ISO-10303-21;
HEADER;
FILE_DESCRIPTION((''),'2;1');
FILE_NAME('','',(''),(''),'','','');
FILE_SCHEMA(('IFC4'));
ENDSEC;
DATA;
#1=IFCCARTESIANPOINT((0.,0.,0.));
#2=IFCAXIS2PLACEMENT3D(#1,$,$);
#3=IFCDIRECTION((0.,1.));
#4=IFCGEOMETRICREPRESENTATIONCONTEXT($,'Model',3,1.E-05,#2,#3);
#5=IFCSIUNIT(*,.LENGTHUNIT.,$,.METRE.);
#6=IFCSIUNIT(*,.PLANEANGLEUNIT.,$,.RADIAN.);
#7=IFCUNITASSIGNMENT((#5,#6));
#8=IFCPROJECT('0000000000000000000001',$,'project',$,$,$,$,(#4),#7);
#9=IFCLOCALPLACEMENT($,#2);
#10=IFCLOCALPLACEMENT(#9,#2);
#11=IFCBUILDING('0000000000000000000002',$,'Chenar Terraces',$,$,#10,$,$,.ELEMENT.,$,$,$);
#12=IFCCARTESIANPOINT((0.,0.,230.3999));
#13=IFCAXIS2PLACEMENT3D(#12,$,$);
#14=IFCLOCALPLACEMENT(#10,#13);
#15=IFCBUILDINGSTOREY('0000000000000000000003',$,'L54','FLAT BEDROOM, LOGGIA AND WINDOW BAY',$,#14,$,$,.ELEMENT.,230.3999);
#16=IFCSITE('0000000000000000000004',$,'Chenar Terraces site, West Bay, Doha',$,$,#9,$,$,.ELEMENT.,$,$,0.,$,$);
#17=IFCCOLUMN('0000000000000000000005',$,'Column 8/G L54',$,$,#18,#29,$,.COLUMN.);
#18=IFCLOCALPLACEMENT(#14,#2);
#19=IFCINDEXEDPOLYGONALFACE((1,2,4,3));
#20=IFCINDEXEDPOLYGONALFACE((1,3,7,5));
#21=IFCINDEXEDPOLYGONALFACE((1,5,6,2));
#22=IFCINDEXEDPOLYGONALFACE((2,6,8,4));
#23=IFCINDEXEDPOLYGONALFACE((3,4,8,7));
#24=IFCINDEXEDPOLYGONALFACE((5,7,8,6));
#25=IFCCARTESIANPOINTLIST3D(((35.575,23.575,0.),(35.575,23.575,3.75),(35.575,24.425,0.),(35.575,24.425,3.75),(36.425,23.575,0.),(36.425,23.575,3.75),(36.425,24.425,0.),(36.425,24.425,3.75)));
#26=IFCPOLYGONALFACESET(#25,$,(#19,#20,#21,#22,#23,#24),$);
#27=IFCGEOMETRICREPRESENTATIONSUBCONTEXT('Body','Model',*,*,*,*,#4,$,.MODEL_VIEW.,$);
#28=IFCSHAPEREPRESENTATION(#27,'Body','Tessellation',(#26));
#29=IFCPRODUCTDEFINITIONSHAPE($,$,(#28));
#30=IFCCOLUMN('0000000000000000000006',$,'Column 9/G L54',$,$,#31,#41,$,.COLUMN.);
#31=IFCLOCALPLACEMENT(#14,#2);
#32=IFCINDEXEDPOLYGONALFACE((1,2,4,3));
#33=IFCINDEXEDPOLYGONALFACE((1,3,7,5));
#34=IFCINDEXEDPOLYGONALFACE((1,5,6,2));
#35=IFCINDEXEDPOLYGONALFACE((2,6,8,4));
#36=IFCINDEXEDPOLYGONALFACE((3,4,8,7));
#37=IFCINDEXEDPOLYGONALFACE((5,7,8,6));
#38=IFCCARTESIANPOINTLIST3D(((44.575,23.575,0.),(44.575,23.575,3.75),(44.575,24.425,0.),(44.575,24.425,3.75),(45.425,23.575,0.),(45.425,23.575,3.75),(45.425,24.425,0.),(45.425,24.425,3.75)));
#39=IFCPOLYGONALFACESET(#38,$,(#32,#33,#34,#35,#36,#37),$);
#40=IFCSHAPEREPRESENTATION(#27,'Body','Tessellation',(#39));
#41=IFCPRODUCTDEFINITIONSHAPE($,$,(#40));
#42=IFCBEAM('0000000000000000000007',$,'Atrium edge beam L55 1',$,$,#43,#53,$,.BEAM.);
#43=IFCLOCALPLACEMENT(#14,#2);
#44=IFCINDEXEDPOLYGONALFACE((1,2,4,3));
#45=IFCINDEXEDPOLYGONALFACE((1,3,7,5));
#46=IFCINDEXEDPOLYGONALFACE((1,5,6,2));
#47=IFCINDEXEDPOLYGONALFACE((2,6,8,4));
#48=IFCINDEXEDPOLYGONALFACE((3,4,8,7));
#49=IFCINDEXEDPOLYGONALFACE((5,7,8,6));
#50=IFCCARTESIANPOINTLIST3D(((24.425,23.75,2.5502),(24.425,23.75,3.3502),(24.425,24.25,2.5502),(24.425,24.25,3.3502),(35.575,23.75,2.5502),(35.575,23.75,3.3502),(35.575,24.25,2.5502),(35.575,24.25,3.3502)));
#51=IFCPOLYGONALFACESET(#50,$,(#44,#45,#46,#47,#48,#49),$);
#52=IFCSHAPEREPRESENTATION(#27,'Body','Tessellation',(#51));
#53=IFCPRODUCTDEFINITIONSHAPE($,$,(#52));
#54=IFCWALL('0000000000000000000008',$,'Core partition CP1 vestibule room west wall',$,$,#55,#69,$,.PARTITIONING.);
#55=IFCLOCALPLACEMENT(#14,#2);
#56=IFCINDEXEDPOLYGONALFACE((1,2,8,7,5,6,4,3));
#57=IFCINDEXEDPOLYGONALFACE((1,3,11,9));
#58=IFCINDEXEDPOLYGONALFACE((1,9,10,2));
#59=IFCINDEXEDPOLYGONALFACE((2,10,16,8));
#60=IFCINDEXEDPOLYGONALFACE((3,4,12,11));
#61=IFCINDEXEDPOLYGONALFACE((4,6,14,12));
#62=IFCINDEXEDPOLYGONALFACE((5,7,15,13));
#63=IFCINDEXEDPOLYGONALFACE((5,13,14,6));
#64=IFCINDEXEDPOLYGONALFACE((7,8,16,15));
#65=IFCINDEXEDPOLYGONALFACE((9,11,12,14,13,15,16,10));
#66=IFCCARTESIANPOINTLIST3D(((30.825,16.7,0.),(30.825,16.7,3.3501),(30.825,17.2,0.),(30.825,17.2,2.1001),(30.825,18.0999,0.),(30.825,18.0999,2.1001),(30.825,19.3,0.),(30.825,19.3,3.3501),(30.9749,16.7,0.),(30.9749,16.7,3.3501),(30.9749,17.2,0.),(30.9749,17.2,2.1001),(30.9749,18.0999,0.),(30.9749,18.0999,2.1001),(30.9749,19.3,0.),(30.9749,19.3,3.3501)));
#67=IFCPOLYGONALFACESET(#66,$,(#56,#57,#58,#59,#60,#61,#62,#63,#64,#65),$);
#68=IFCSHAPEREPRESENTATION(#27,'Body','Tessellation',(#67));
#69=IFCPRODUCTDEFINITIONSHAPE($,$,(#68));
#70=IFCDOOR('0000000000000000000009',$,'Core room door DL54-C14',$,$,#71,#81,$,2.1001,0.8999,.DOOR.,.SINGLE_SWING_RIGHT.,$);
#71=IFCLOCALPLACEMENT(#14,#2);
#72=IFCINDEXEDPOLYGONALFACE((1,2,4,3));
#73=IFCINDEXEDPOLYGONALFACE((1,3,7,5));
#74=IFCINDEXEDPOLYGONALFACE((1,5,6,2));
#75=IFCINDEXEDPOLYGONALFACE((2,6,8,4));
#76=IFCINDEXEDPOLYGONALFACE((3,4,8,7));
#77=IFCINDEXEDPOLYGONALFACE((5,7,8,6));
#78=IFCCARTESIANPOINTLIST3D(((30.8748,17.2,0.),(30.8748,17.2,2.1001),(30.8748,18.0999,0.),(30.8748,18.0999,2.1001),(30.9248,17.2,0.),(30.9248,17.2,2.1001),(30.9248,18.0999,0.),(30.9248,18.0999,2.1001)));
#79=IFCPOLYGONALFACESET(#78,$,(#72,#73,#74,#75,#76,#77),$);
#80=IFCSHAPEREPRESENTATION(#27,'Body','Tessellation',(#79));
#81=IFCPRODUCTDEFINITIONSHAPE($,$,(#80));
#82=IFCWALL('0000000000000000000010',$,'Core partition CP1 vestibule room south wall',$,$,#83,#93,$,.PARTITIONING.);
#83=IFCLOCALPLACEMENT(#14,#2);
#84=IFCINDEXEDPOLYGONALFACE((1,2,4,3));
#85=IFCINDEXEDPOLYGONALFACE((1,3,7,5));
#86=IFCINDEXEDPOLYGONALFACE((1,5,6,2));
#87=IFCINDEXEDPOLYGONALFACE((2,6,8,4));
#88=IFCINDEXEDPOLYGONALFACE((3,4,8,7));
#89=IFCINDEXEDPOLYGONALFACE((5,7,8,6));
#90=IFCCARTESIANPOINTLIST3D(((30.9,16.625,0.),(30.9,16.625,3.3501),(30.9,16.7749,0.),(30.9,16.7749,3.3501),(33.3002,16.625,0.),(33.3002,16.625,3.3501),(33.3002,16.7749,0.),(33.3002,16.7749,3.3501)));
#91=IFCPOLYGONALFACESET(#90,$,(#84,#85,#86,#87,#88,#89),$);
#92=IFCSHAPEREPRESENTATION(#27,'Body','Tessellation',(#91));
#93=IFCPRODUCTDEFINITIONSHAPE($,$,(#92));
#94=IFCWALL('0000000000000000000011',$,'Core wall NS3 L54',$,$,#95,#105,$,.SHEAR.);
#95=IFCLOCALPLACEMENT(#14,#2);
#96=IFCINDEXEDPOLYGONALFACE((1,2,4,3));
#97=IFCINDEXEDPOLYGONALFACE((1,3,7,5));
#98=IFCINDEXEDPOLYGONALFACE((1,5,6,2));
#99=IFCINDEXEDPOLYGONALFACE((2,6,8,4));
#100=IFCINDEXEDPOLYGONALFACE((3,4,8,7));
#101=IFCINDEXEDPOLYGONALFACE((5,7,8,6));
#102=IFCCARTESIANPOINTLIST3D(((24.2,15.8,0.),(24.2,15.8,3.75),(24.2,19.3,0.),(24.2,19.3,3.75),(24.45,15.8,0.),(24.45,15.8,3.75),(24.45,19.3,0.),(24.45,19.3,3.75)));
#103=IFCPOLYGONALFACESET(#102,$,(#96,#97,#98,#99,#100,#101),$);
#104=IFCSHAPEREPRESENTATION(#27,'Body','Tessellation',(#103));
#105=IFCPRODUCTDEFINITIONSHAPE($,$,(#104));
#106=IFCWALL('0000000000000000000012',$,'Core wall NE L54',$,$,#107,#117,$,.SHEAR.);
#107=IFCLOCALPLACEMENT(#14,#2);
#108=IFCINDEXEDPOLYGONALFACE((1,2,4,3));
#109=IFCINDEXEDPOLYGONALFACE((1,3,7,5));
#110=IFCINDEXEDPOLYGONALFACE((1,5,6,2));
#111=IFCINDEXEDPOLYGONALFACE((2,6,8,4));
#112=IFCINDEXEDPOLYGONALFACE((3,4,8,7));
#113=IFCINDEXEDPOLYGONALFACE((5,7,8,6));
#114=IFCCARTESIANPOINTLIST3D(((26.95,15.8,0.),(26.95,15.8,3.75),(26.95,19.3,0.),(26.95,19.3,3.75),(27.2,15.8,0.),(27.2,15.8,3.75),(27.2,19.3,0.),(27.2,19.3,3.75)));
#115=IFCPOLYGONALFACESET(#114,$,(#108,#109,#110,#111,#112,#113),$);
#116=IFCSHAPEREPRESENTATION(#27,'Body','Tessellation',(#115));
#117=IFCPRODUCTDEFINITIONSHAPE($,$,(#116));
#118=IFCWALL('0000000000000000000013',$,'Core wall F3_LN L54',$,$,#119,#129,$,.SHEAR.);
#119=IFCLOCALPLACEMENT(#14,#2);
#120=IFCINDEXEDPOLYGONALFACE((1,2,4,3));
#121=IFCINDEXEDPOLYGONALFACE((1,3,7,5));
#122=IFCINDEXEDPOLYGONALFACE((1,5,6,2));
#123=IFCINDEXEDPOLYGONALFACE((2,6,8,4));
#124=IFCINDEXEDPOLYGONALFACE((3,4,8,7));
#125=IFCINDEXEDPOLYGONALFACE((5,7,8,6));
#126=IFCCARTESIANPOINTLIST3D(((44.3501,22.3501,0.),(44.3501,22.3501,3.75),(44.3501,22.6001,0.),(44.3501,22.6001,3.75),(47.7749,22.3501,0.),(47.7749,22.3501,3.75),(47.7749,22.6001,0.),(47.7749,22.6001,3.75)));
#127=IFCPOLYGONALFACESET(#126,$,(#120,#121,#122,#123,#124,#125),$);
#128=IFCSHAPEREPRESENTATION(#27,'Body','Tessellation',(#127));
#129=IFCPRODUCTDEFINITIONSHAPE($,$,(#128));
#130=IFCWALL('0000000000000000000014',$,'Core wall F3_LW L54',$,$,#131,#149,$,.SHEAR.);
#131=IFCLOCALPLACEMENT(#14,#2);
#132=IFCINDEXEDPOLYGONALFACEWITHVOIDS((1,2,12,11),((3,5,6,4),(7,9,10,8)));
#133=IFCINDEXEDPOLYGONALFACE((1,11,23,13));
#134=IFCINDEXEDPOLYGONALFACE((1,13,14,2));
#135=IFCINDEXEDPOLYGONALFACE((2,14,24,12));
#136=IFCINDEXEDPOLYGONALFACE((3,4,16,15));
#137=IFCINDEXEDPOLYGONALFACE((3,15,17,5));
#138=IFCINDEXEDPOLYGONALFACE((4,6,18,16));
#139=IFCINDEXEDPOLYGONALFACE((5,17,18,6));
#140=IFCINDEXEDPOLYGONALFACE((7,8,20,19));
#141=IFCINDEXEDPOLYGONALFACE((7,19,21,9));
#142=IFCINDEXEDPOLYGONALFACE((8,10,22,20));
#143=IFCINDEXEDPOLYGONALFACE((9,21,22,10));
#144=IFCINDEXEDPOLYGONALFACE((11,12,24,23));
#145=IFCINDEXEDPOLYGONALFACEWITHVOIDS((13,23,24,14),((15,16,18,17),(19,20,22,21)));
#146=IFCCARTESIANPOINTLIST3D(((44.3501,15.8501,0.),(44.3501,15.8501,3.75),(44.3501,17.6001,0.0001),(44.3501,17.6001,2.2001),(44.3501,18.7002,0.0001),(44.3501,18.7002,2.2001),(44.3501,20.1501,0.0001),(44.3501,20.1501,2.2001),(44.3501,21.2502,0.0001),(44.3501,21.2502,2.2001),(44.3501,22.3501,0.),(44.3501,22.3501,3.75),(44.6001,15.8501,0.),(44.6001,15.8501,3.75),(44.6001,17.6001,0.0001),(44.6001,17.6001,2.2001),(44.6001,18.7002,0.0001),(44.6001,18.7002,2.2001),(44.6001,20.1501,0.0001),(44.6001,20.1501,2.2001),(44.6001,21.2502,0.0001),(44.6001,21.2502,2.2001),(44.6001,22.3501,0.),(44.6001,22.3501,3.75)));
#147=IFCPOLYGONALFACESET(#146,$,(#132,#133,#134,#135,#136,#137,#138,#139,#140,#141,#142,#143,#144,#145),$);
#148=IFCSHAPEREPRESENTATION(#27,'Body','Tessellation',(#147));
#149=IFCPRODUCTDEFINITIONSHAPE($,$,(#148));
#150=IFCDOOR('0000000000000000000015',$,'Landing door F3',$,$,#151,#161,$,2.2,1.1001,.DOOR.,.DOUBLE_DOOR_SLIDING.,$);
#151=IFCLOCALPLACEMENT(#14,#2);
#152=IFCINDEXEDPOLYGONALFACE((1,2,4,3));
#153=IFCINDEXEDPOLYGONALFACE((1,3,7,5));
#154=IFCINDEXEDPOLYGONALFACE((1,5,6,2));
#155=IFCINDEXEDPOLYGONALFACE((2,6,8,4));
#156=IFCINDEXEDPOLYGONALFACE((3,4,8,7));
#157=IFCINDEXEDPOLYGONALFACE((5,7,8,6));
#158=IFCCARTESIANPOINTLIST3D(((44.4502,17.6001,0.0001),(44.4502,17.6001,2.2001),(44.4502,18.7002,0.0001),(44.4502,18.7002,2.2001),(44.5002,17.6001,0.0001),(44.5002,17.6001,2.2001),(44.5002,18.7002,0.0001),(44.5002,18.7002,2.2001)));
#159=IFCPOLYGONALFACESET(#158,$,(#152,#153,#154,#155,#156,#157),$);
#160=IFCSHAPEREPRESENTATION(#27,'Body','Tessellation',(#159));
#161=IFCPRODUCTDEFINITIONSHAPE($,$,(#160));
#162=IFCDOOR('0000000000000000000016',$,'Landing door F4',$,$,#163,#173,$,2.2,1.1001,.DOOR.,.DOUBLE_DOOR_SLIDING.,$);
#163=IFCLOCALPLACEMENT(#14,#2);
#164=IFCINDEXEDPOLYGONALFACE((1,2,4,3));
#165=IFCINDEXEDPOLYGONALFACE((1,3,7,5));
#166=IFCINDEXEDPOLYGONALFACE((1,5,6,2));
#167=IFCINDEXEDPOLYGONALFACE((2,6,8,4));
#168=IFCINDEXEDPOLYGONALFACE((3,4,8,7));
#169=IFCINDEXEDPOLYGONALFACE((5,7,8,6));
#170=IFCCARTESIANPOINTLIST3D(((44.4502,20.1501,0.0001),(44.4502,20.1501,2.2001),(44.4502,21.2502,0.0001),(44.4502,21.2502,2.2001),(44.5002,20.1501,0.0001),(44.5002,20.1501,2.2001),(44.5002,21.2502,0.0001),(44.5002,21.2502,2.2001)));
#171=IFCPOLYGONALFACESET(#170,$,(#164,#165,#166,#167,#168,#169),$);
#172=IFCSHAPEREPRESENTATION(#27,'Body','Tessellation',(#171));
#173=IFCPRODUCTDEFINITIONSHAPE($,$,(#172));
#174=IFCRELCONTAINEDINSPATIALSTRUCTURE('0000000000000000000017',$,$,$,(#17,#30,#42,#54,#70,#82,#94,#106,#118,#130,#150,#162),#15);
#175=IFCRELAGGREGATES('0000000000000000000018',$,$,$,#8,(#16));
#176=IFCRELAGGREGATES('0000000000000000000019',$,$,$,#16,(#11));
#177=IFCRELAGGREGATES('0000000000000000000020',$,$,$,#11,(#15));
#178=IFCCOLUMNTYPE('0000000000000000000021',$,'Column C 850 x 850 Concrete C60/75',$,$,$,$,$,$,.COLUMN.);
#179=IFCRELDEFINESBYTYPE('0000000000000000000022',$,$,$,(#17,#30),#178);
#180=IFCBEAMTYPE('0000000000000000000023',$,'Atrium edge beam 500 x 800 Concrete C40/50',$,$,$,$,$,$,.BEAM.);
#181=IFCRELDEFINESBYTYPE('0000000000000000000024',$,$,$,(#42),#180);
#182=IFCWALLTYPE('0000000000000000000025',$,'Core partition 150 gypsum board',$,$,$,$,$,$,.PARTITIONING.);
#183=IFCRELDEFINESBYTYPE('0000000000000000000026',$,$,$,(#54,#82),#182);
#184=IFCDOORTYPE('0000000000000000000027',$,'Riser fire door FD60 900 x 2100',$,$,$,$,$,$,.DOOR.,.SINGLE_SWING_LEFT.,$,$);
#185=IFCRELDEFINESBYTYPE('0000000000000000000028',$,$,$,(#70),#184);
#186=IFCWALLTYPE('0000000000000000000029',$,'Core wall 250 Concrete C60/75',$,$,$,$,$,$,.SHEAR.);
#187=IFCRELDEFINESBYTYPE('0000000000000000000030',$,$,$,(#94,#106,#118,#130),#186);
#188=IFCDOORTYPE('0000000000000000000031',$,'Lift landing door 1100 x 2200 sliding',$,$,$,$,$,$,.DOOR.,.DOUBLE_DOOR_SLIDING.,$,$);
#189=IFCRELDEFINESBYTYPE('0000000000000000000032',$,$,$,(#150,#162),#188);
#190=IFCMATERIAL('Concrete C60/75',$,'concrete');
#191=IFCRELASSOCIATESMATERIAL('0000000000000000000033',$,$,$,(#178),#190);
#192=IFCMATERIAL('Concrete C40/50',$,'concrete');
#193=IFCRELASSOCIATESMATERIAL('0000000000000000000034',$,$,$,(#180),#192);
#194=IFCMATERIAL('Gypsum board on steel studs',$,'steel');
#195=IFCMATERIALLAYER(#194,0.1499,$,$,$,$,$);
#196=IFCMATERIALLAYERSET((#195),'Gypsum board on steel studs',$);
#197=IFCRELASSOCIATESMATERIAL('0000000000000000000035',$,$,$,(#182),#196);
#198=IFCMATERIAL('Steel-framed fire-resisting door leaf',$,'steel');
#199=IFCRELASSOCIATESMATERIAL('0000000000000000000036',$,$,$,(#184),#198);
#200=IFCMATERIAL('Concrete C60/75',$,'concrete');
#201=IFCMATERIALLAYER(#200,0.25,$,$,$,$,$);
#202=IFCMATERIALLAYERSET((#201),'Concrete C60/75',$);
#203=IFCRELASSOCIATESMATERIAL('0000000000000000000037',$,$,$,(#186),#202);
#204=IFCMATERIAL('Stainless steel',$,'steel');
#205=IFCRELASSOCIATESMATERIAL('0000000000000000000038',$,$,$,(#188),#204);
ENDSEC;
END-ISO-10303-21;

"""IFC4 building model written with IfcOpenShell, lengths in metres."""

from ifc_helpers import new_model, si_unit, direction, frame, frame_2d, origin, origin_2d, place, context, subcontext, project, spatial, rectangle, extrude, material, layer, layer_set, material_profile, profile_set, type_object, element, fill, save


model = new_model("IFC4")

# Units and contexts
model_context = context("Model", 3, precision=1e-05, world=origin(), true_north=direction((0.0, 1.0)))
body_context = subcontext(model_context, "Body", "Model", "MODEL_VIEW")
ifc_project = project(units=[si_unit("LENGTHUNIT", "METRE"), si_unit("PLANEANGLEUNIT", "RADIAN")], contexts=[model_context])

# Site, building, storey
site_placement = place(None, origin())
site = spatial("IfcSite", under=ifc_project, at=site_placement, Name="Chenar Terraces site, West Bay, Doha", CompositionType="ELEMENT", RefElevation=0.0)
building_placement = place(site_placement, origin())
building = spatial("IfcBuilding", under=site, at=building_placement, Name="Chenar Terraces", CompositionType="ELEMENT")
storey_placement = place(building_placement, frame((0.0, 0.0, 230.3999)))
storey = spatial("IfcBuildingStorey", under=building, at=storey_placement, Name="L54", Description="FLAT BEDROOM, LOGGIA AND WINDOW BAY", CompositionType="ELEMENT", Elevation=230.3999)

# Columns
ifc_material_1 = material(Name="Concrete C60/75", Category="concrete")
ifc_material_profile_1 = material_profile(ifc_material_1, rectangle(XDim=0.8501, YDim=0.8501, at=origin_2d()), Name="C 850 x 850")
ifc_profile_set_1 = profile_set([ifc_material_profile_1], Name="Concrete C60/75")
column_type = type_object("IfcColumnType", Name="Column C 850 x 850 Concrete C60/75", PredefinedType="COLUMN", material=ifc_profile_set_1)
for number, where, z_axis, x_axis, name in (
    (1, (36.0, 24.0, 0.0), (0.0, 0.0, 1.0), (1.0, 0.0, 0.0), "Column 8/G L54"),
    (2, (45.0, 24.0, 0.0), (0.0, 0.0, 1.0), (1.0, 0.0, 0.0), "Column 9/G L54"),
):
    element("IfcColumn", number, at=place(storey_placement, frame(where, z_axis=z_axis, x_axis=x_axis)), inside=storey, type_object=column_type, Name=name, PredefinedType="COLUMN", context=body_context, shape_type="SweptSolid", body=[
        extrude(rectangle(XDim=0.8501, YDim=0.8501, at=origin_2d()), origin(), (0.0, 0.0, 1.0), 3.75),
    ])

# Beam
ifc_material_2 = material(Name="Concrete C40/50", Category="concrete")
ifc_material_profile_2 = material_profile(ifc_material_2, rectangle(XDim=0.5, YDim=0.8, at=origin_2d()), Name="RC 500 x 800")
ifc_profile_set_2 = profile_set([ifc_material_profile_2], Name="Concrete C40/50")
beam_type = type_object("IfcBeamType", Name="Atrium edge beam 500 x 800 Concrete C40/50", PredefinedType="BEAM", material=ifc_profile_set_2)
beam_placement = place(storey_placement, frame((24.425, 24.0, 2.9502), z_axis=(1.0, 0.0, 0.0), x_axis=(0.0, 1.0, 0.0)))
element("IfcBeam", 3, at=beam_placement, inside=storey, type_object=beam_type, Name="Atrium edge beam L55 1", PredefinedType="BEAM", context=body_context, shape_type="SweptSolid", body=[
    extrude(rectangle(XDim=0.5, YDim=0.8, at=origin_2d()), origin(), (0.0, 0.0, 1.0), 11.1499),
])

# Wall, opening, door
ifc_material_3 = material(Name="Gypsum board on steel studs", Category="steel")
ifc_layer_1 = layer(ifc_material_3, 0.1499)
ifc_layer_set_1 = layer_set([ifc_layer_1], Name="Gypsum board on steel studs")
wall_type_1 = type_object("IfcWallType", Name="Core partition 150 gypsum board", PredefinedType="PARTITIONING", material=ifc_layer_set_1)
wall_1_placement = place(storey_placement, frame((30.8999, 16.7, 0.0), z_axis=(0.0, 0.0, 1.0), x_axis=(0.0, 1.0, 0.0)))
wall_1 = element("IfcWall", 4, at=wall_1_placement, inside=storey, type_object=wall_type_1, Name="Core partition CP1 vestibule room west wall", PredefinedType="PARTITIONING", context=body_context, shape_type="SweptSolid", body=[
    extrude(rectangle(XDim=2.6001, YDim=0.1499, at=frame_2d((1.3, 0.0))), origin(), (0.0, 0.0, 1.0), 3.3501),
])
opening_1_placement = place(wall_1_placement, frame((0.5, 0.0, 0.0)))
opening_1 = element("IfcOpeningElement", 5, at=opening_1_placement, cuts=wall_1, PredefinedType="OPENING", context=body_context, shape_type="SweptSolid", body=[
    extrude(rectangle(XDim=0.8999, YDim=2.1001, at=frame_2d((0.45, 1.05))), frame((0.0, 0.085, 0.0), z_axis=(0.0, -1.0, 0.0), x_axis=(1.0, 0.0, 0.0)), (0.0, 0.0, 1.0), 0.1699),
])
ifc_material_4 = material(Name="Steel-framed fire-resisting door leaf", Category="steel")
door_type_1 = type_object("IfcDoorType", Name="Riser fire door FD60 900 x 2100", OperationType="SINGLE_SWING_LEFT", PredefinedType="DOOR", material=ifc_material_4)
door_1_placement = place(opening_1_placement, frame((0.8999, 0.0, 0.0), z_axis=(0.0, 0.0, 1.0), x_axis=(-1.0, 0.0, 0.0)))
door_1 = element("IfcDoor", 6, at=door_1_placement, inside=storey, type_object=door_type_1, Name="Core room door DL54-C14", OperationType="SINGLE_SWING_RIGHT", OverallHeight=2.1001, OverallWidth=0.8999, PredefinedType="DOOR", context=body_context, shape_type="SweptSolid", body=[
    extrude(rectangle(XDim=0.8999, YDim=2.1001, at=frame_2d((0.45, 1.05))), frame((0.0, 0.0249, 0.0), z_axis=(0.0, -1.0, 0.0), x_axis=(1.0, 0.0, 0.0)), (0.0, 0.0, 1.0), 0.05),
])
fill(opening_1, door_1)

# Walls
wall_2_placement = place(storey_placement, frame((30.8999, 16.7, 0.0), z_axis=(0.0, 0.0, 1.0), x_axis=(1.0, 0.0, 0.0)))
element("IfcWall", 7, at=wall_2_placement, inside=storey, type_object=wall_type_1, Name="Core partition CP1 vestibule room south wall", PredefinedType="PARTITIONING", context=body_context, shape_type="SweptSolid", body=[
    extrude(rectangle(XDim=2.4001, YDim=0.1499, at=frame_2d((1.2002, 0.0))), origin(), (0.0, 0.0, 1.0), 3.3501),
])
ifc_material_5 = material(Name="Concrete C60/75", Category="concrete")
ifc_layer_2 = layer(ifc_material_5, 0.25)
ifc_layer_set_2 = layer_set([ifc_layer_2], Name="Concrete C60/75")
wall_type_2 = type_object("IfcWallType", Name="Core wall 250 Concrete C60/75", PredefinedType="SHEAR", material=ifc_layer_set_2)
for number, where, z_axis, x_axis, name in (
    (8, (24.325, 15.8, 0.0), (0.0, 0.0, 1.0), (0.0, 1.0, 0.0), "Core wall NS3 L54"),
    (9, (27.075, 15.8, 0.0), (0.0, 0.0, 1.0), (0.0, 1.0, 0.0), "Core wall NE L54"),
):
    element("IfcWall", number, at=place(storey_placement, frame(where, z_axis=z_axis, x_axis=x_axis)), inside=storey, type_object=wall_type_2, Name=name, PredefinedType="SHEAR", context=body_context, shape_type="SweptSolid", body=[
        extrude(rectangle(XDim=3.5, YDim=0.25, at=frame_2d((1.75, 0.0))), origin(), (0.0, 0.0, 1.0), 3.75),
    ])
wall_3_placement = place(storey_placement, frame((44.3501, 22.4751, 0.0), z_axis=(0.0, 0.0, 1.0), x_axis=(1.0, 0.0, 0.0)))
element("IfcWall", 10, at=wall_3_placement, inside=storey, type_object=wall_type_2, Name="Core wall F3_LN L54", PredefinedType="SHEAR", context=body_context, shape_type="SweptSolid", body=[
    extrude(rectangle(XDim=3.4248, YDim=0.25, at=frame_2d((1.7124, 0.0))), origin(), (0.0, 0.0, 1.0), 3.75),
])

# Wall, openings, doors
wall_4_placement = place(storey_placement, frame((44.4751, 15.8501, 0.0), z_axis=(0.0, 0.0, 1.0), x_axis=(0.0, 1.0, 0.0)))
wall_4 = element("IfcWall", 11, at=wall_4_placement, inside=storey, type_object=wall_type_2, Name="Core wall F3_LW L54", PredefinedType="SHEAR", context=body_context, shape_type="SweptSolid", body=[
    extrude(rectangle(XDim=6.5, YDim=0.25, at=frame_2d((3.25, 0.0))), origin(), (0.0, 0.0, 1.0), 3.75),
])
opening_2_placement = place(wall_4_placement, frame((1.75, 0.0, 0.0)))
opening_2 = element("IfcOpeningElement", 12, at=opening_2_placement, cuts=wall_4, PredefinedType="OPENING", context=body_context, shape_type="SweptSolid", body=[
    extrude(rectangle(XDim=1.1001, YDim=2.2, at=frame_2d((0.55, 1.1001))), frame((0.0, 0.135, 0.0), z_axis=(0.0, -1.0, 0.0), x_axis=(1.0, 0.0, 0.0)), (0.0, 0.0, 1.0), 0.27),
])
opening_3_placement = place(wall_4_placement, frame((4.3, 0.0, 0.0)))
opening_3 = element("IfcOpeningElement", 13, at=opening_3_placement, cuts=wall_4, PredefinedType="OPENING", context=body_context, shape_type="SweptSolid", body=[
    extrude(rectangle(XDim=1.1001, YDim=2.2, at=frame_2d((0.55, 1.1001))), frame((0.0, 0.135, 0.0), z_axis=(0.0, -1.0, 0.0), x_axis=(1.0, 0.0, 0.0)), (0.0, 0.0, 1.0), 0.27),
])
ifc_material_6 = material(Name="Stainless steel", Category="steel")
door_type_2 = type_object("IfcDoorType", Name="Lift landing door 1100 x 2200 sliding", OperationType="DOUBLE_DOOR_SLIDING", PredefinedType="DOOR", material=ifc_material_6)
door_2_placement = place(opening_2_placement, origin())
door_2 = element("IfcDoor", 14, at=door_2_placement, inside=storey, type_object=door_type_2, Name="Landing door F3", OperationType="DOUBLE_DOOR_SLIDING", OverallHeight=2.2, OverallWidth=1.1001, PredefinedType="DOOR", context=body_context, shape_type="SweptSolid", body=[
    extrude(rectangle(XDim=1.1001, YDim=2.2, at=frame_2d((0.55, 1.1001))), frame((0.0, 0.0249, 0.0), z_axis=(0.0, -1.0, 0.0), x_axis=(1.0, 0.0, 0.0)), (0.0, 0.0, 1.0), 0.05),
])
fill(opening_2, door_2)
door_3_placement = place(opening_3_placement, origin())
door_3 = element("IfcDoor", 15, at=door_3_placement, inside=storey, type_object=door_type_2, Name="Landing door F4", OperationType="DOUBLE_DOOR_SLIDING", OverallHeight=2.2, OverallWidth=1.1001, PredefinedType="DOOR", context=body_context, shape_type="SweptSolid", body=[
    extrude(rectangle(XDim=1.1001, YDim=2.2, at=frame_2d((0.55, 1.1001))), frame((0.0, 0.0249, 0.0), z_axis=(0.0, -1.0, 0.0), x_axis=(1.0, 0.0, 0.0)), (0.0, 0.0, 1.0), 0.05),
])
fill(opening_3, door_3)

save(model, "model.ifc")
